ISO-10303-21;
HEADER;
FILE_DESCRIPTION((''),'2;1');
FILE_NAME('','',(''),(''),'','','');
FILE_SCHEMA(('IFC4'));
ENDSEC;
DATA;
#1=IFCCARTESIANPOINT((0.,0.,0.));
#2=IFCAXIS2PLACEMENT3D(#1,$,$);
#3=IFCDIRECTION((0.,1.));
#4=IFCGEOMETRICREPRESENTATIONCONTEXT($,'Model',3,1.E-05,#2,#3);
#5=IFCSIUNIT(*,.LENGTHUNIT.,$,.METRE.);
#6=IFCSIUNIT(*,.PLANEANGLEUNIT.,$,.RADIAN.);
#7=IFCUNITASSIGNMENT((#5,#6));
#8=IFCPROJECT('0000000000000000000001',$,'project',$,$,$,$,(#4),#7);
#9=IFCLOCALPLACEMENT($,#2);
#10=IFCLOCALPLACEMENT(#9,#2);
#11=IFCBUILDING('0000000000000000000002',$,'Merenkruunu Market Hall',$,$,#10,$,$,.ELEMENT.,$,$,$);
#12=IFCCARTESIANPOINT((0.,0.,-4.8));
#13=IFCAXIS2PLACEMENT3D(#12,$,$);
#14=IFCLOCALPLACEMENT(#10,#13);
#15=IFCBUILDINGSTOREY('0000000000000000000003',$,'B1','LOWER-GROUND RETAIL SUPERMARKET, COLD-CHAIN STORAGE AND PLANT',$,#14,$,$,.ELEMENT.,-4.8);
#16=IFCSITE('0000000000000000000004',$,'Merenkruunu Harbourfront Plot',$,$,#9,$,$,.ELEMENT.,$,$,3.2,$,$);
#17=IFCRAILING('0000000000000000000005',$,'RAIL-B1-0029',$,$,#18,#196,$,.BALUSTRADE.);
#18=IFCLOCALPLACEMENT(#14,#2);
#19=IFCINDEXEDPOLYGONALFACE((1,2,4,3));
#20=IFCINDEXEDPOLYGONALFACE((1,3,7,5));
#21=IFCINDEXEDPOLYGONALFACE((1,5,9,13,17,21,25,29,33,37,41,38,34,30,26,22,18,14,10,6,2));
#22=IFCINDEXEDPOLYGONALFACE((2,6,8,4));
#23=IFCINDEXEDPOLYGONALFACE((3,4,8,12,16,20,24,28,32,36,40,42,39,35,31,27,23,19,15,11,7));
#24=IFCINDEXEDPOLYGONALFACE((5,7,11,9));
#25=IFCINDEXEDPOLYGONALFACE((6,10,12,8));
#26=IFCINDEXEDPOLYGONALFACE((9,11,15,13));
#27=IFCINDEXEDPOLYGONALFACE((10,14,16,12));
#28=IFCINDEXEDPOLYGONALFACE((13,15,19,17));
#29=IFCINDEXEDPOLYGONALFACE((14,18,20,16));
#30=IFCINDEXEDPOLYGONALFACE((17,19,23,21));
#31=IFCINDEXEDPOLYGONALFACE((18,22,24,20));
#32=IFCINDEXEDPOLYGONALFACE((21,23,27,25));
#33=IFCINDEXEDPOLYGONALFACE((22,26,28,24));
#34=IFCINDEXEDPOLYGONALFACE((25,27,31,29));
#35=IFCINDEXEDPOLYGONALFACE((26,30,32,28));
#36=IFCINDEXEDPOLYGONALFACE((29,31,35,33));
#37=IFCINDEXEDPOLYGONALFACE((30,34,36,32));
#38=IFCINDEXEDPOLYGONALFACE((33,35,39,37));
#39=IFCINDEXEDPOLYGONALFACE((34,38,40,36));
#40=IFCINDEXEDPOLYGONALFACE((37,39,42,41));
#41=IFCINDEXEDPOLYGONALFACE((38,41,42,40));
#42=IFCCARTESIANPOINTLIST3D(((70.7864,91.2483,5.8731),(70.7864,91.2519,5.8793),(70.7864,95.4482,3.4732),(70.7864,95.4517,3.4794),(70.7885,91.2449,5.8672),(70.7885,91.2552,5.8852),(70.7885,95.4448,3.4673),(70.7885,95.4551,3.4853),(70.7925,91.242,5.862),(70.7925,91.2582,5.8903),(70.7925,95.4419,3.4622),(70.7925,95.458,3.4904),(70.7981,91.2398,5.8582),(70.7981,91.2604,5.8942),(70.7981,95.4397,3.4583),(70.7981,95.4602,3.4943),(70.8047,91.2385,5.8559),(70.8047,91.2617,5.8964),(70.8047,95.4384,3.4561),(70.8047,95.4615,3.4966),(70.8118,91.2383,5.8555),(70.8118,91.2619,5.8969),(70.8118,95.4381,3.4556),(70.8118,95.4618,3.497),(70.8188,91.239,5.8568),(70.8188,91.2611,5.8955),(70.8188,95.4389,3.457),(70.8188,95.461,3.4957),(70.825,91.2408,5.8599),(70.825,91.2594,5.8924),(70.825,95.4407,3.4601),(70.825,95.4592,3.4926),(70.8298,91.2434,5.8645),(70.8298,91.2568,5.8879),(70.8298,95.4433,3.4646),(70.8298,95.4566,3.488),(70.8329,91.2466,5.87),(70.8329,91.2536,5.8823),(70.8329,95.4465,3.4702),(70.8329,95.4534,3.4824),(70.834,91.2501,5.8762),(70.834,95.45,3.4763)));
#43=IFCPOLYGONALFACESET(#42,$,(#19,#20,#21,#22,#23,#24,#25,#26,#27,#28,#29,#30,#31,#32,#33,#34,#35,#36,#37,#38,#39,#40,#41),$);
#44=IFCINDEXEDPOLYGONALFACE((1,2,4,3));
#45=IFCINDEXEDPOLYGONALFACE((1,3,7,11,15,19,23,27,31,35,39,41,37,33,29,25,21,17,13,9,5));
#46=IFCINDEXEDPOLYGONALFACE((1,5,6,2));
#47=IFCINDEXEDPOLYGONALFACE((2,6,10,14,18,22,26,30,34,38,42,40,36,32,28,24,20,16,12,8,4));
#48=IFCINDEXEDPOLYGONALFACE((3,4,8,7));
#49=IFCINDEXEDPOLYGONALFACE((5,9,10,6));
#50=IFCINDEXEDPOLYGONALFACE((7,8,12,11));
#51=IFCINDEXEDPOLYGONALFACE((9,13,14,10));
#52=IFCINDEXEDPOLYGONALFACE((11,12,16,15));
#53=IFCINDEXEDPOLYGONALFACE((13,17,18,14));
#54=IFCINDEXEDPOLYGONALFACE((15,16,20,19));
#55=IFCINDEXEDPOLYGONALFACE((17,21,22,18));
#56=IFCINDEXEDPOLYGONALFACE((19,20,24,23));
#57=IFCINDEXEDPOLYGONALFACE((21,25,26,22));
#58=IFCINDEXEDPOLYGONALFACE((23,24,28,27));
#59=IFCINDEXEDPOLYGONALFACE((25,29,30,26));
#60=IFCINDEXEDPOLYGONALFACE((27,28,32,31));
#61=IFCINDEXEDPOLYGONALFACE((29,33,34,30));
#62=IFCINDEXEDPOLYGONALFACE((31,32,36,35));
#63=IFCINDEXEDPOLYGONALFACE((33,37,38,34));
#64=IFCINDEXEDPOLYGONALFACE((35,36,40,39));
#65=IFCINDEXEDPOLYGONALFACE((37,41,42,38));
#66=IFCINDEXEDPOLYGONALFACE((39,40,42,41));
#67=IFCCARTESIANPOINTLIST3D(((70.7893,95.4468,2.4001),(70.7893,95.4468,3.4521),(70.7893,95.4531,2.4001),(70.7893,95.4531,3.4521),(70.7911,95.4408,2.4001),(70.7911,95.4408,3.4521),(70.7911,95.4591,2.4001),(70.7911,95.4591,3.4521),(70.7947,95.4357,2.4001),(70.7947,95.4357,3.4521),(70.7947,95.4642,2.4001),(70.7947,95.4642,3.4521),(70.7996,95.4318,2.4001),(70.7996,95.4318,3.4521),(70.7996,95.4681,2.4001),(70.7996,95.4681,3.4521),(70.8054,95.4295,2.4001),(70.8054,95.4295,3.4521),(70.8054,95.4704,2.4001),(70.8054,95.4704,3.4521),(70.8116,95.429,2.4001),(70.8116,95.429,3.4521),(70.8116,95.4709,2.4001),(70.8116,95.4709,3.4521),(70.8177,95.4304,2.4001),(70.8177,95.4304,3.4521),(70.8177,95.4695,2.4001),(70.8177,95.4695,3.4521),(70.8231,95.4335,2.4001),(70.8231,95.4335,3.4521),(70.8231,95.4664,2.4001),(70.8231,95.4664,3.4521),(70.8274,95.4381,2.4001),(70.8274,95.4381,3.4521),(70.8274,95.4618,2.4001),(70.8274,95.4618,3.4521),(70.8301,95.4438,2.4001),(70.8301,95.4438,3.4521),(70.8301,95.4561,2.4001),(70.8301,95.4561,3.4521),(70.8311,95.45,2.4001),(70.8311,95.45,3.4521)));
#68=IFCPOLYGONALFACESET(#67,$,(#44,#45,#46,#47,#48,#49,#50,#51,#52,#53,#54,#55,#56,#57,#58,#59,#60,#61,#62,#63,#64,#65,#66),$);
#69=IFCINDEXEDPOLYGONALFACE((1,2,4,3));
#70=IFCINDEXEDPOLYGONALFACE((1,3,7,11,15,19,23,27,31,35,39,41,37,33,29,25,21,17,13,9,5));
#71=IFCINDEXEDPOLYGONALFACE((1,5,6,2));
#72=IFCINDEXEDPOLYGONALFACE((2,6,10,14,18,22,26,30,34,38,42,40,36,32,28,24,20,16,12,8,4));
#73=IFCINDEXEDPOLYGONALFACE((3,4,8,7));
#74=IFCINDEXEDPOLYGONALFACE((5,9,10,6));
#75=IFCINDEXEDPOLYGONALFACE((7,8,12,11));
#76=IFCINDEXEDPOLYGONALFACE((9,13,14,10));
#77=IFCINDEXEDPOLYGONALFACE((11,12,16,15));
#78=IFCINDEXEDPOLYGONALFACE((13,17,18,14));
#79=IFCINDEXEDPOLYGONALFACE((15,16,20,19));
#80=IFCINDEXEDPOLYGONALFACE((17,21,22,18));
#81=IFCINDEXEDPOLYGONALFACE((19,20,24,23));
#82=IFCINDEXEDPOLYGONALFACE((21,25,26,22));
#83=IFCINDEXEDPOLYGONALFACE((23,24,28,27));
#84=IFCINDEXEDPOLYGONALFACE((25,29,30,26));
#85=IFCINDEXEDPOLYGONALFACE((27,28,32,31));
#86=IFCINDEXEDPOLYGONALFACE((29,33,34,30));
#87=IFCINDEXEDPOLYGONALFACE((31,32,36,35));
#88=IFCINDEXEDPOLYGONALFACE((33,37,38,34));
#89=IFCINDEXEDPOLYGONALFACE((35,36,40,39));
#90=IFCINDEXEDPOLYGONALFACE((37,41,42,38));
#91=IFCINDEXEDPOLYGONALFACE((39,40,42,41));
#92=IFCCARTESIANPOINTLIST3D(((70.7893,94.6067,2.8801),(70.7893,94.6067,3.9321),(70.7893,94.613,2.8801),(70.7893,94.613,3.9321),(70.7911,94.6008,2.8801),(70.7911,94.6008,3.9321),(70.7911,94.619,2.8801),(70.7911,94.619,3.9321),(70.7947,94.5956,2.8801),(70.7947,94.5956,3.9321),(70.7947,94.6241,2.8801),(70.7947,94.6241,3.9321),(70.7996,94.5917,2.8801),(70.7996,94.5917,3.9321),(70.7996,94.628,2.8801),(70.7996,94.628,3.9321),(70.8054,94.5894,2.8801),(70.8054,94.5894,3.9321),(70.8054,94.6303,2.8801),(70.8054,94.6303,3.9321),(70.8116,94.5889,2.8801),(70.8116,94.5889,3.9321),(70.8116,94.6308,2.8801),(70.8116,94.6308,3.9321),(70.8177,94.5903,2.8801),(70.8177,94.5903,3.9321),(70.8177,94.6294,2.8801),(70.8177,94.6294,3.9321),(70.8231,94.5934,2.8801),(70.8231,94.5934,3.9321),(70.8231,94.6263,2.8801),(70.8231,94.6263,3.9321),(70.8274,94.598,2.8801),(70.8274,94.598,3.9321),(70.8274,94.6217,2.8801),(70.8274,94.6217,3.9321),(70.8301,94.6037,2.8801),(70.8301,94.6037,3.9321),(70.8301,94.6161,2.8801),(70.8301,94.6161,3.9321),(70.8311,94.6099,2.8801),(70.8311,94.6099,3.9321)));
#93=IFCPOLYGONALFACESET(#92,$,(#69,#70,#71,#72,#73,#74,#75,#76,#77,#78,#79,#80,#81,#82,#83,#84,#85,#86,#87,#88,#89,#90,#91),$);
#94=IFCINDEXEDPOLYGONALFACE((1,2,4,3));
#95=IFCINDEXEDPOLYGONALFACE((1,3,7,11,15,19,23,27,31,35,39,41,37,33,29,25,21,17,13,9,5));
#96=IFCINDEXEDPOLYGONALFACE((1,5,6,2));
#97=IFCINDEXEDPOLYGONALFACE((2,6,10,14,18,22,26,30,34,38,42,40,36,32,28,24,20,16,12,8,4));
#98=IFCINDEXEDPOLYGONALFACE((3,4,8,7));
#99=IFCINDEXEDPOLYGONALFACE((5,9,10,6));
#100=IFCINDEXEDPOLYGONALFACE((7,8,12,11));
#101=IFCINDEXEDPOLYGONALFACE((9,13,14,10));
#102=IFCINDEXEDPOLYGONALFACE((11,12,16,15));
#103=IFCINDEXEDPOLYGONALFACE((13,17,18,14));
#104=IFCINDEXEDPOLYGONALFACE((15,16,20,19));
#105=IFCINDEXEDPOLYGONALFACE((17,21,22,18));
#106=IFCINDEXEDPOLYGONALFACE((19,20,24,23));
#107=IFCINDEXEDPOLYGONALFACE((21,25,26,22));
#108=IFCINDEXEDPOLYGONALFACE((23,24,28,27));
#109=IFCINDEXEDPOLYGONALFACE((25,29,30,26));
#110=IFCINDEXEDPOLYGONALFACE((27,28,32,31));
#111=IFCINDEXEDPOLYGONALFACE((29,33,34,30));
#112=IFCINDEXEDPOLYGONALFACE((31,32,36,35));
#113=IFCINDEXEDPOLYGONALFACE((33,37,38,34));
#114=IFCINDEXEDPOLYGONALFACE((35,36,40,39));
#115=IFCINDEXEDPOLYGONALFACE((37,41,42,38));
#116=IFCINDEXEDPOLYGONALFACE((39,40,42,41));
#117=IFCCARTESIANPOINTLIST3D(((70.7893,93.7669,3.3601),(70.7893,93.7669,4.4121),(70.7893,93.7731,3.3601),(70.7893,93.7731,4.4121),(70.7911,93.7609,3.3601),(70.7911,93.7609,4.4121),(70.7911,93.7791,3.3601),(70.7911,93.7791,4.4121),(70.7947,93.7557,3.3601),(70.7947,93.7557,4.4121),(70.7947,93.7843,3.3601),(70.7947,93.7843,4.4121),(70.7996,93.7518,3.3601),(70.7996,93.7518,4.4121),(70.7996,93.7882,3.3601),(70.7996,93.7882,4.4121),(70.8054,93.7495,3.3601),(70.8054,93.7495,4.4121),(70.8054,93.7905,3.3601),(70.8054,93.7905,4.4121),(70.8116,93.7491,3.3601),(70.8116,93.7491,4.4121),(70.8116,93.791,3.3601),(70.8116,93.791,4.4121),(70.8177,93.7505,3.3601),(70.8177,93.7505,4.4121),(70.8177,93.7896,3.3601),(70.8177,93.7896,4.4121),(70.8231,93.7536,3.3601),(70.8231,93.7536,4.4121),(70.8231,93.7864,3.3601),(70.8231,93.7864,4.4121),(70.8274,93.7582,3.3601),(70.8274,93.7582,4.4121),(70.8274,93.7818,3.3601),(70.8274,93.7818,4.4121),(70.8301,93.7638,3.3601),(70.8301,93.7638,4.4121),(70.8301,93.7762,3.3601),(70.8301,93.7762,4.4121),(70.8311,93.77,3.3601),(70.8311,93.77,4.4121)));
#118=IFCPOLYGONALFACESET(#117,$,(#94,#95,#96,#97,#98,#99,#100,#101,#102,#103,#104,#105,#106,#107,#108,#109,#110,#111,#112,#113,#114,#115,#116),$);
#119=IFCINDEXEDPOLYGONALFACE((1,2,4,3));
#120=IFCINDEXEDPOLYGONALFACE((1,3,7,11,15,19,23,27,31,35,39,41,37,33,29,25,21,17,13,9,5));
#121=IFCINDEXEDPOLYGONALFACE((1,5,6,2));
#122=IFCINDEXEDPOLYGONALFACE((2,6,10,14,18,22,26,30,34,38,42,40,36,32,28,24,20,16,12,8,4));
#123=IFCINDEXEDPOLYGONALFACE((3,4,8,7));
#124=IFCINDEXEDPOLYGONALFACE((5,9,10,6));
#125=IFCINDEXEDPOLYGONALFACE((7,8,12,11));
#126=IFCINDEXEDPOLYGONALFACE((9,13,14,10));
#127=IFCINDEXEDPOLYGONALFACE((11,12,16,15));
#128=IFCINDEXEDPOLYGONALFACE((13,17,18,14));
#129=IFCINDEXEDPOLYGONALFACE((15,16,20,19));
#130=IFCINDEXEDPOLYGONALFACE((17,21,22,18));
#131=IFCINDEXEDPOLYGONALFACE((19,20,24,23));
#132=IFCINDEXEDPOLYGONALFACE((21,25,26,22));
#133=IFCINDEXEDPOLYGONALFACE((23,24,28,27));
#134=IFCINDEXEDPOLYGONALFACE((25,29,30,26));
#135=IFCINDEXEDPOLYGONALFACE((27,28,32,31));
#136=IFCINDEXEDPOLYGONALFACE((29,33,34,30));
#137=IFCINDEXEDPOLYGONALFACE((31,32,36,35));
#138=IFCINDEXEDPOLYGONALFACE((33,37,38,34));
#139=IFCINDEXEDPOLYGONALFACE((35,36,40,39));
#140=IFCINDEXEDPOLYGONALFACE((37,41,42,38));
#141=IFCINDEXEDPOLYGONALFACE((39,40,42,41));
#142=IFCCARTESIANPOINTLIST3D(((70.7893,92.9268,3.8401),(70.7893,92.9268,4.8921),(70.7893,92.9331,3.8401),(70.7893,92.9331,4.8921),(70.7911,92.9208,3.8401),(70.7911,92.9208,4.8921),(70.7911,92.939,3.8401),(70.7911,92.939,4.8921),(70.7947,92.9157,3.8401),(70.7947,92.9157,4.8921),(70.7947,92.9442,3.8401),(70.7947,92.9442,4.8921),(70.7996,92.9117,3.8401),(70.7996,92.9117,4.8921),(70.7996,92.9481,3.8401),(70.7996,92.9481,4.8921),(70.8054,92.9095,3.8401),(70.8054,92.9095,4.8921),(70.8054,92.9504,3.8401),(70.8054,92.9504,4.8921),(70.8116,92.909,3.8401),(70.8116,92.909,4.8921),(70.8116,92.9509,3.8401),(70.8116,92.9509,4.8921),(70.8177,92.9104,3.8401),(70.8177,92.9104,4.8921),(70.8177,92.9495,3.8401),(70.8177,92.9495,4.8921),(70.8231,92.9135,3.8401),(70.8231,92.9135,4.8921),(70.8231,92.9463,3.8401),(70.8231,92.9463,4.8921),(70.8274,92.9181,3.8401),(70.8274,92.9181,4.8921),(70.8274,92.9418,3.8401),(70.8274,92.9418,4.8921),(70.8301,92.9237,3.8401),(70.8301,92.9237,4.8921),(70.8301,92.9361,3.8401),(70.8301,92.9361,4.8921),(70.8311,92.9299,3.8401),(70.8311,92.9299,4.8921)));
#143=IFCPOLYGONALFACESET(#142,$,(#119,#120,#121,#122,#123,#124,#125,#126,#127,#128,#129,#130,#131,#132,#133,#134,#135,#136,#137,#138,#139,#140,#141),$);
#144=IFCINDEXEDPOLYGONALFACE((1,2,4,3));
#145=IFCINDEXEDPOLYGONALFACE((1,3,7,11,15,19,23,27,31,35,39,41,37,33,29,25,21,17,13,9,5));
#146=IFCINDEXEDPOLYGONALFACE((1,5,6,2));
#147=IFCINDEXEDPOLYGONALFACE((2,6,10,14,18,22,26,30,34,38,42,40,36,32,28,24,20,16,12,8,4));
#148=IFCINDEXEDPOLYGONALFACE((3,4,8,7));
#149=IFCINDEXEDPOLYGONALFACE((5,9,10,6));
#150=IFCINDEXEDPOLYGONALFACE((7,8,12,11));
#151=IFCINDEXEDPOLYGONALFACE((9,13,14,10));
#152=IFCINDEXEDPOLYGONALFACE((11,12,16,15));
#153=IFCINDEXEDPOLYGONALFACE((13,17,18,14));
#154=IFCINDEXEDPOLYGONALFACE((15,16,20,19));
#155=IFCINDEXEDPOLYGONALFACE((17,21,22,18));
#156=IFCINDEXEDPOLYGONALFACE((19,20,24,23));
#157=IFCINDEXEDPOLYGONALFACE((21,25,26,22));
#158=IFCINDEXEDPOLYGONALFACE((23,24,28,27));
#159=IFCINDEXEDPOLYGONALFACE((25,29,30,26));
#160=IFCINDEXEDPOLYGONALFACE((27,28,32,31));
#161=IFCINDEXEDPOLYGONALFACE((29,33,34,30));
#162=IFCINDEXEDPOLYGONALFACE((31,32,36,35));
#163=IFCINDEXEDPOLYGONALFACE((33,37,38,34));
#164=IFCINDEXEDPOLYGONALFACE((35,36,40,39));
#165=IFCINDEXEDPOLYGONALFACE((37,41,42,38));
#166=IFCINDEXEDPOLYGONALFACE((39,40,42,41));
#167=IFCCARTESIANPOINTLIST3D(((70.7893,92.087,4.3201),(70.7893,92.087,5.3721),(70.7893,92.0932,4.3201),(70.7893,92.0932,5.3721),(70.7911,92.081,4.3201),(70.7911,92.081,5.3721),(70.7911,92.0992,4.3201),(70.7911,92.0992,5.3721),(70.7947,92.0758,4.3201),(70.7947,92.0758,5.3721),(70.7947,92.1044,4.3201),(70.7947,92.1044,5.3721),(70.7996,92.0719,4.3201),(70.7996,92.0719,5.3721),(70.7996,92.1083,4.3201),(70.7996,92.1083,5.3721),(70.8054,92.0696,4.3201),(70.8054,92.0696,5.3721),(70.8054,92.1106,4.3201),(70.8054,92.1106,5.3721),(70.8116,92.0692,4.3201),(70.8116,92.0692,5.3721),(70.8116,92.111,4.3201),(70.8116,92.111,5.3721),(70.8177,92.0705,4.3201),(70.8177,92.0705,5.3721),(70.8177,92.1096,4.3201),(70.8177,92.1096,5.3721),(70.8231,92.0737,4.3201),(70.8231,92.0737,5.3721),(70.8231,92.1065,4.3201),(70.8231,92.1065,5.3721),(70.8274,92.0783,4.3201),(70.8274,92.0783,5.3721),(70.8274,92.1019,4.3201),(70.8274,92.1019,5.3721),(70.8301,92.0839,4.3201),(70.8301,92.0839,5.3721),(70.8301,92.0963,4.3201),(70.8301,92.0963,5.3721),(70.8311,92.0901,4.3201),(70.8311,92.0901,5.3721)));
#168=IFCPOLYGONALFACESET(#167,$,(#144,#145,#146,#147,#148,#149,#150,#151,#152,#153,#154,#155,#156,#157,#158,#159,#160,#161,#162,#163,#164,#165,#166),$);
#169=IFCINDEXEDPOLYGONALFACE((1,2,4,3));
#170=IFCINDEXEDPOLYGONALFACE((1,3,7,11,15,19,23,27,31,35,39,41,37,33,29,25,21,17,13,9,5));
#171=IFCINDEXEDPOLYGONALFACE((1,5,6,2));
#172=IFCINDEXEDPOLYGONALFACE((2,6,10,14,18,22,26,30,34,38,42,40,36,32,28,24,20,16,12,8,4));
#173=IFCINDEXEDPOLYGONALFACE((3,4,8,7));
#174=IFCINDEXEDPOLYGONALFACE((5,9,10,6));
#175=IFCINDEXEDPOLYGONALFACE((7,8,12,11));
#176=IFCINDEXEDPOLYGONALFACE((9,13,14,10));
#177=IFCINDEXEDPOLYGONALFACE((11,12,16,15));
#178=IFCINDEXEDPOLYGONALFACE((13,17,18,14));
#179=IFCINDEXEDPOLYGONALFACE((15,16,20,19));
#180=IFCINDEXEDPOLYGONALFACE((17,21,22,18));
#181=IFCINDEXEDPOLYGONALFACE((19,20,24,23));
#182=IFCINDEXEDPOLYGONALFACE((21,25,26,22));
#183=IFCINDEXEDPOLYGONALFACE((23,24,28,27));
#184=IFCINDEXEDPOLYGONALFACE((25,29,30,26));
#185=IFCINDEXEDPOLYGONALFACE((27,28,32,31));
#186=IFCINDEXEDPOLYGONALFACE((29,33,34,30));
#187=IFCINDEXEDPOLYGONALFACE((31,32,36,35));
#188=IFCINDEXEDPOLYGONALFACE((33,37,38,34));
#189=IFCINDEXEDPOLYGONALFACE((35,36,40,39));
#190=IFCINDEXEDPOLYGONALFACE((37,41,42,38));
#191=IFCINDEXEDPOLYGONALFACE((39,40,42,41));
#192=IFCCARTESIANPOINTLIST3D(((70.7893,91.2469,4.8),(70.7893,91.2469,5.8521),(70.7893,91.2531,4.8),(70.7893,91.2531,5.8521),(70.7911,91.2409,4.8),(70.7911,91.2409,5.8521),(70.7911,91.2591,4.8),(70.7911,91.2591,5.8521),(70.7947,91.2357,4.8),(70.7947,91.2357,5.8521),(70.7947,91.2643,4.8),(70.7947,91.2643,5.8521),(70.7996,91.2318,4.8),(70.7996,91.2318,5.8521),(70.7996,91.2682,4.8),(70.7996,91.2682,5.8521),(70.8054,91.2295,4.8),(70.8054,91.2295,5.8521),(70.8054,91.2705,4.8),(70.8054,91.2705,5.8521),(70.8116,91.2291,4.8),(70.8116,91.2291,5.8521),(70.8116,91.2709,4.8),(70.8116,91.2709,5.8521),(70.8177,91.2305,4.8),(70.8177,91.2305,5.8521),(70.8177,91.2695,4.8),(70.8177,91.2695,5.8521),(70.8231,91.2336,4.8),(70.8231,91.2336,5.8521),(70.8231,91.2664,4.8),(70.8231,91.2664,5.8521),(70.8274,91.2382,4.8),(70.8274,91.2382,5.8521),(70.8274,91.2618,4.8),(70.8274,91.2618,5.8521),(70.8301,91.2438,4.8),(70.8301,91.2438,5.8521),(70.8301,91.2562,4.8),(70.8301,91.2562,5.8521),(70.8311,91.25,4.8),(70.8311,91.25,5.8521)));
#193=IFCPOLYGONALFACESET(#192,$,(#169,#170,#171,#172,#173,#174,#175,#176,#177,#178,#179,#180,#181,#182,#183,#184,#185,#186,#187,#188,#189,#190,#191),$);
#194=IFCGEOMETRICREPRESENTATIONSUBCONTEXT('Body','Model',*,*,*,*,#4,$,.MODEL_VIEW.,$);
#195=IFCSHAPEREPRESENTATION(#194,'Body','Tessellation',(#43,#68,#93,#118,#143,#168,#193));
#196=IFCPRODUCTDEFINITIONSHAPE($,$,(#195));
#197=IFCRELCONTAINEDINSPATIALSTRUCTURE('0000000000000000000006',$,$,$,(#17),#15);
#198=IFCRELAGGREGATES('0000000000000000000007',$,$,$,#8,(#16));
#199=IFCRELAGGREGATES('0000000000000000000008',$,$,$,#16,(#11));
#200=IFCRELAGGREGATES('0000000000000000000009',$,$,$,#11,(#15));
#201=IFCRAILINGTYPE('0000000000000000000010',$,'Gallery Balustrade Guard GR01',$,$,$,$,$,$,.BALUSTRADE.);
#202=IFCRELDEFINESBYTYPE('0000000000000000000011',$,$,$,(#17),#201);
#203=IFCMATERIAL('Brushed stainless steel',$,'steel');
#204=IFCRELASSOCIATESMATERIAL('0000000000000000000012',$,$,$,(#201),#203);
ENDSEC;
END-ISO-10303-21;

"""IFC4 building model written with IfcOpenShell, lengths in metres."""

from ifc_helpers import new_model, si_unit, direction, frame, origin, origin_2d, place, context, subcontext, project, spatial, circle, extrude, material, type_object, element, save


model = new_model("IFC4")

# Units and contexts
model_context = context("Model", 3, precision=1e-05, world=origin(), true_north=direction((0.0, 1.0)))
body_context = subcontext(model_context, "Body", "Model", "MODEL_VIEW")
ifc_project = project(units=[si_unit("LENGTHUNIT", "METRE"), si_unit("PLANEANGLEUNIT", "RADIAN")], contexts=[model_context])

# Site, building, storey
site_placement = place(None, origin())
site = spatial("IfcSite", under=ifc_project, at=site_placement, Name="Merenkruunu Harbourfront Plot", CompositionType="ELEMENT", RefElevation=3.2)
building_placement = place(site_placement, origin())
building = spatial("IfcBuilding", under=site, at=building_placement, Name="Merenkruunu Market Hall", CompositionType="ELEMENT")
storey_placement = place(building_placement, frame((0.0, 0.0, -4.8)))
storey = spatial("IfcBuildingStorey", under=building, at=storey_placement, Name="B1", Description="LOWER-GROUND RETAIL SUPERMARKET, COLD-CHAIN STORAGE AND PLANT", CompositionType="ELEMENT", Elevation=-4.8)

# Shared definitions
ifc_material_1 = material(Name="Brushed stainless steel", Category="steel")

# Railing
railing_type_1 = type_object("IfcRailingType", Name="Gallery Balustrade Guard GR01", PredefinedType="BALUSTRADE", material=ifc_material_1)
railing_1_placement = place(storey_placement, frame((70.8101, 95.45, 2.4001)))
element("IfcRailing", 1, at=railing_1_placement, inside=storey, type_object=railing_type_1, Name="RAIL-B1-0029", PredefinedType="BALUSTRADE", context=body_context, shape_type="SweptSolid", body=[
    extrude(circle(Radius=0.0239, at=origin_2d()), frame((0.0, 0.0, 1.0762), z_axis=(0.0, -0.868249, 0.496128), x_axis=(1.0, 0.0, 0.0)), (0.0, 0.0, 1.0), 4.8372),
    extrude(circle(Radius=0.021, at=origin_2d()), origin(), (0.0, 0.0, 1.0), 1.052),
    extrude(circle(Radius=0.021, at=origin_2d()), frame((0.0, -0.8401, 0.48)), (0.0, 0.0, 1.0), 1.052),
    extrude(circle(Radius=0.021, at=origin_2d()), frame((0.0, -1.6799, 0.96)), (0.0, 0.0, 1.0), 1.052),
    extrude(circle(Radius=0.021, at=origin_2d()), frame((0.0, -2.52, 1.4399)), (0.0, 0.0, 1.0), 1.052),
    extrude(circle(Radius=0.021, at=origin_2d()), frame((0.0, -3.3599, 1.9199)), (0.0, 0.0, 1.0), 1.052),
    extrude(circle(Radius=0.021, at=origin_2d()), frame((0.0, -4.2, 2.3999)), (0.0, 0.0, 1.0), 1.052),
])

save(model, "model.ifc")
